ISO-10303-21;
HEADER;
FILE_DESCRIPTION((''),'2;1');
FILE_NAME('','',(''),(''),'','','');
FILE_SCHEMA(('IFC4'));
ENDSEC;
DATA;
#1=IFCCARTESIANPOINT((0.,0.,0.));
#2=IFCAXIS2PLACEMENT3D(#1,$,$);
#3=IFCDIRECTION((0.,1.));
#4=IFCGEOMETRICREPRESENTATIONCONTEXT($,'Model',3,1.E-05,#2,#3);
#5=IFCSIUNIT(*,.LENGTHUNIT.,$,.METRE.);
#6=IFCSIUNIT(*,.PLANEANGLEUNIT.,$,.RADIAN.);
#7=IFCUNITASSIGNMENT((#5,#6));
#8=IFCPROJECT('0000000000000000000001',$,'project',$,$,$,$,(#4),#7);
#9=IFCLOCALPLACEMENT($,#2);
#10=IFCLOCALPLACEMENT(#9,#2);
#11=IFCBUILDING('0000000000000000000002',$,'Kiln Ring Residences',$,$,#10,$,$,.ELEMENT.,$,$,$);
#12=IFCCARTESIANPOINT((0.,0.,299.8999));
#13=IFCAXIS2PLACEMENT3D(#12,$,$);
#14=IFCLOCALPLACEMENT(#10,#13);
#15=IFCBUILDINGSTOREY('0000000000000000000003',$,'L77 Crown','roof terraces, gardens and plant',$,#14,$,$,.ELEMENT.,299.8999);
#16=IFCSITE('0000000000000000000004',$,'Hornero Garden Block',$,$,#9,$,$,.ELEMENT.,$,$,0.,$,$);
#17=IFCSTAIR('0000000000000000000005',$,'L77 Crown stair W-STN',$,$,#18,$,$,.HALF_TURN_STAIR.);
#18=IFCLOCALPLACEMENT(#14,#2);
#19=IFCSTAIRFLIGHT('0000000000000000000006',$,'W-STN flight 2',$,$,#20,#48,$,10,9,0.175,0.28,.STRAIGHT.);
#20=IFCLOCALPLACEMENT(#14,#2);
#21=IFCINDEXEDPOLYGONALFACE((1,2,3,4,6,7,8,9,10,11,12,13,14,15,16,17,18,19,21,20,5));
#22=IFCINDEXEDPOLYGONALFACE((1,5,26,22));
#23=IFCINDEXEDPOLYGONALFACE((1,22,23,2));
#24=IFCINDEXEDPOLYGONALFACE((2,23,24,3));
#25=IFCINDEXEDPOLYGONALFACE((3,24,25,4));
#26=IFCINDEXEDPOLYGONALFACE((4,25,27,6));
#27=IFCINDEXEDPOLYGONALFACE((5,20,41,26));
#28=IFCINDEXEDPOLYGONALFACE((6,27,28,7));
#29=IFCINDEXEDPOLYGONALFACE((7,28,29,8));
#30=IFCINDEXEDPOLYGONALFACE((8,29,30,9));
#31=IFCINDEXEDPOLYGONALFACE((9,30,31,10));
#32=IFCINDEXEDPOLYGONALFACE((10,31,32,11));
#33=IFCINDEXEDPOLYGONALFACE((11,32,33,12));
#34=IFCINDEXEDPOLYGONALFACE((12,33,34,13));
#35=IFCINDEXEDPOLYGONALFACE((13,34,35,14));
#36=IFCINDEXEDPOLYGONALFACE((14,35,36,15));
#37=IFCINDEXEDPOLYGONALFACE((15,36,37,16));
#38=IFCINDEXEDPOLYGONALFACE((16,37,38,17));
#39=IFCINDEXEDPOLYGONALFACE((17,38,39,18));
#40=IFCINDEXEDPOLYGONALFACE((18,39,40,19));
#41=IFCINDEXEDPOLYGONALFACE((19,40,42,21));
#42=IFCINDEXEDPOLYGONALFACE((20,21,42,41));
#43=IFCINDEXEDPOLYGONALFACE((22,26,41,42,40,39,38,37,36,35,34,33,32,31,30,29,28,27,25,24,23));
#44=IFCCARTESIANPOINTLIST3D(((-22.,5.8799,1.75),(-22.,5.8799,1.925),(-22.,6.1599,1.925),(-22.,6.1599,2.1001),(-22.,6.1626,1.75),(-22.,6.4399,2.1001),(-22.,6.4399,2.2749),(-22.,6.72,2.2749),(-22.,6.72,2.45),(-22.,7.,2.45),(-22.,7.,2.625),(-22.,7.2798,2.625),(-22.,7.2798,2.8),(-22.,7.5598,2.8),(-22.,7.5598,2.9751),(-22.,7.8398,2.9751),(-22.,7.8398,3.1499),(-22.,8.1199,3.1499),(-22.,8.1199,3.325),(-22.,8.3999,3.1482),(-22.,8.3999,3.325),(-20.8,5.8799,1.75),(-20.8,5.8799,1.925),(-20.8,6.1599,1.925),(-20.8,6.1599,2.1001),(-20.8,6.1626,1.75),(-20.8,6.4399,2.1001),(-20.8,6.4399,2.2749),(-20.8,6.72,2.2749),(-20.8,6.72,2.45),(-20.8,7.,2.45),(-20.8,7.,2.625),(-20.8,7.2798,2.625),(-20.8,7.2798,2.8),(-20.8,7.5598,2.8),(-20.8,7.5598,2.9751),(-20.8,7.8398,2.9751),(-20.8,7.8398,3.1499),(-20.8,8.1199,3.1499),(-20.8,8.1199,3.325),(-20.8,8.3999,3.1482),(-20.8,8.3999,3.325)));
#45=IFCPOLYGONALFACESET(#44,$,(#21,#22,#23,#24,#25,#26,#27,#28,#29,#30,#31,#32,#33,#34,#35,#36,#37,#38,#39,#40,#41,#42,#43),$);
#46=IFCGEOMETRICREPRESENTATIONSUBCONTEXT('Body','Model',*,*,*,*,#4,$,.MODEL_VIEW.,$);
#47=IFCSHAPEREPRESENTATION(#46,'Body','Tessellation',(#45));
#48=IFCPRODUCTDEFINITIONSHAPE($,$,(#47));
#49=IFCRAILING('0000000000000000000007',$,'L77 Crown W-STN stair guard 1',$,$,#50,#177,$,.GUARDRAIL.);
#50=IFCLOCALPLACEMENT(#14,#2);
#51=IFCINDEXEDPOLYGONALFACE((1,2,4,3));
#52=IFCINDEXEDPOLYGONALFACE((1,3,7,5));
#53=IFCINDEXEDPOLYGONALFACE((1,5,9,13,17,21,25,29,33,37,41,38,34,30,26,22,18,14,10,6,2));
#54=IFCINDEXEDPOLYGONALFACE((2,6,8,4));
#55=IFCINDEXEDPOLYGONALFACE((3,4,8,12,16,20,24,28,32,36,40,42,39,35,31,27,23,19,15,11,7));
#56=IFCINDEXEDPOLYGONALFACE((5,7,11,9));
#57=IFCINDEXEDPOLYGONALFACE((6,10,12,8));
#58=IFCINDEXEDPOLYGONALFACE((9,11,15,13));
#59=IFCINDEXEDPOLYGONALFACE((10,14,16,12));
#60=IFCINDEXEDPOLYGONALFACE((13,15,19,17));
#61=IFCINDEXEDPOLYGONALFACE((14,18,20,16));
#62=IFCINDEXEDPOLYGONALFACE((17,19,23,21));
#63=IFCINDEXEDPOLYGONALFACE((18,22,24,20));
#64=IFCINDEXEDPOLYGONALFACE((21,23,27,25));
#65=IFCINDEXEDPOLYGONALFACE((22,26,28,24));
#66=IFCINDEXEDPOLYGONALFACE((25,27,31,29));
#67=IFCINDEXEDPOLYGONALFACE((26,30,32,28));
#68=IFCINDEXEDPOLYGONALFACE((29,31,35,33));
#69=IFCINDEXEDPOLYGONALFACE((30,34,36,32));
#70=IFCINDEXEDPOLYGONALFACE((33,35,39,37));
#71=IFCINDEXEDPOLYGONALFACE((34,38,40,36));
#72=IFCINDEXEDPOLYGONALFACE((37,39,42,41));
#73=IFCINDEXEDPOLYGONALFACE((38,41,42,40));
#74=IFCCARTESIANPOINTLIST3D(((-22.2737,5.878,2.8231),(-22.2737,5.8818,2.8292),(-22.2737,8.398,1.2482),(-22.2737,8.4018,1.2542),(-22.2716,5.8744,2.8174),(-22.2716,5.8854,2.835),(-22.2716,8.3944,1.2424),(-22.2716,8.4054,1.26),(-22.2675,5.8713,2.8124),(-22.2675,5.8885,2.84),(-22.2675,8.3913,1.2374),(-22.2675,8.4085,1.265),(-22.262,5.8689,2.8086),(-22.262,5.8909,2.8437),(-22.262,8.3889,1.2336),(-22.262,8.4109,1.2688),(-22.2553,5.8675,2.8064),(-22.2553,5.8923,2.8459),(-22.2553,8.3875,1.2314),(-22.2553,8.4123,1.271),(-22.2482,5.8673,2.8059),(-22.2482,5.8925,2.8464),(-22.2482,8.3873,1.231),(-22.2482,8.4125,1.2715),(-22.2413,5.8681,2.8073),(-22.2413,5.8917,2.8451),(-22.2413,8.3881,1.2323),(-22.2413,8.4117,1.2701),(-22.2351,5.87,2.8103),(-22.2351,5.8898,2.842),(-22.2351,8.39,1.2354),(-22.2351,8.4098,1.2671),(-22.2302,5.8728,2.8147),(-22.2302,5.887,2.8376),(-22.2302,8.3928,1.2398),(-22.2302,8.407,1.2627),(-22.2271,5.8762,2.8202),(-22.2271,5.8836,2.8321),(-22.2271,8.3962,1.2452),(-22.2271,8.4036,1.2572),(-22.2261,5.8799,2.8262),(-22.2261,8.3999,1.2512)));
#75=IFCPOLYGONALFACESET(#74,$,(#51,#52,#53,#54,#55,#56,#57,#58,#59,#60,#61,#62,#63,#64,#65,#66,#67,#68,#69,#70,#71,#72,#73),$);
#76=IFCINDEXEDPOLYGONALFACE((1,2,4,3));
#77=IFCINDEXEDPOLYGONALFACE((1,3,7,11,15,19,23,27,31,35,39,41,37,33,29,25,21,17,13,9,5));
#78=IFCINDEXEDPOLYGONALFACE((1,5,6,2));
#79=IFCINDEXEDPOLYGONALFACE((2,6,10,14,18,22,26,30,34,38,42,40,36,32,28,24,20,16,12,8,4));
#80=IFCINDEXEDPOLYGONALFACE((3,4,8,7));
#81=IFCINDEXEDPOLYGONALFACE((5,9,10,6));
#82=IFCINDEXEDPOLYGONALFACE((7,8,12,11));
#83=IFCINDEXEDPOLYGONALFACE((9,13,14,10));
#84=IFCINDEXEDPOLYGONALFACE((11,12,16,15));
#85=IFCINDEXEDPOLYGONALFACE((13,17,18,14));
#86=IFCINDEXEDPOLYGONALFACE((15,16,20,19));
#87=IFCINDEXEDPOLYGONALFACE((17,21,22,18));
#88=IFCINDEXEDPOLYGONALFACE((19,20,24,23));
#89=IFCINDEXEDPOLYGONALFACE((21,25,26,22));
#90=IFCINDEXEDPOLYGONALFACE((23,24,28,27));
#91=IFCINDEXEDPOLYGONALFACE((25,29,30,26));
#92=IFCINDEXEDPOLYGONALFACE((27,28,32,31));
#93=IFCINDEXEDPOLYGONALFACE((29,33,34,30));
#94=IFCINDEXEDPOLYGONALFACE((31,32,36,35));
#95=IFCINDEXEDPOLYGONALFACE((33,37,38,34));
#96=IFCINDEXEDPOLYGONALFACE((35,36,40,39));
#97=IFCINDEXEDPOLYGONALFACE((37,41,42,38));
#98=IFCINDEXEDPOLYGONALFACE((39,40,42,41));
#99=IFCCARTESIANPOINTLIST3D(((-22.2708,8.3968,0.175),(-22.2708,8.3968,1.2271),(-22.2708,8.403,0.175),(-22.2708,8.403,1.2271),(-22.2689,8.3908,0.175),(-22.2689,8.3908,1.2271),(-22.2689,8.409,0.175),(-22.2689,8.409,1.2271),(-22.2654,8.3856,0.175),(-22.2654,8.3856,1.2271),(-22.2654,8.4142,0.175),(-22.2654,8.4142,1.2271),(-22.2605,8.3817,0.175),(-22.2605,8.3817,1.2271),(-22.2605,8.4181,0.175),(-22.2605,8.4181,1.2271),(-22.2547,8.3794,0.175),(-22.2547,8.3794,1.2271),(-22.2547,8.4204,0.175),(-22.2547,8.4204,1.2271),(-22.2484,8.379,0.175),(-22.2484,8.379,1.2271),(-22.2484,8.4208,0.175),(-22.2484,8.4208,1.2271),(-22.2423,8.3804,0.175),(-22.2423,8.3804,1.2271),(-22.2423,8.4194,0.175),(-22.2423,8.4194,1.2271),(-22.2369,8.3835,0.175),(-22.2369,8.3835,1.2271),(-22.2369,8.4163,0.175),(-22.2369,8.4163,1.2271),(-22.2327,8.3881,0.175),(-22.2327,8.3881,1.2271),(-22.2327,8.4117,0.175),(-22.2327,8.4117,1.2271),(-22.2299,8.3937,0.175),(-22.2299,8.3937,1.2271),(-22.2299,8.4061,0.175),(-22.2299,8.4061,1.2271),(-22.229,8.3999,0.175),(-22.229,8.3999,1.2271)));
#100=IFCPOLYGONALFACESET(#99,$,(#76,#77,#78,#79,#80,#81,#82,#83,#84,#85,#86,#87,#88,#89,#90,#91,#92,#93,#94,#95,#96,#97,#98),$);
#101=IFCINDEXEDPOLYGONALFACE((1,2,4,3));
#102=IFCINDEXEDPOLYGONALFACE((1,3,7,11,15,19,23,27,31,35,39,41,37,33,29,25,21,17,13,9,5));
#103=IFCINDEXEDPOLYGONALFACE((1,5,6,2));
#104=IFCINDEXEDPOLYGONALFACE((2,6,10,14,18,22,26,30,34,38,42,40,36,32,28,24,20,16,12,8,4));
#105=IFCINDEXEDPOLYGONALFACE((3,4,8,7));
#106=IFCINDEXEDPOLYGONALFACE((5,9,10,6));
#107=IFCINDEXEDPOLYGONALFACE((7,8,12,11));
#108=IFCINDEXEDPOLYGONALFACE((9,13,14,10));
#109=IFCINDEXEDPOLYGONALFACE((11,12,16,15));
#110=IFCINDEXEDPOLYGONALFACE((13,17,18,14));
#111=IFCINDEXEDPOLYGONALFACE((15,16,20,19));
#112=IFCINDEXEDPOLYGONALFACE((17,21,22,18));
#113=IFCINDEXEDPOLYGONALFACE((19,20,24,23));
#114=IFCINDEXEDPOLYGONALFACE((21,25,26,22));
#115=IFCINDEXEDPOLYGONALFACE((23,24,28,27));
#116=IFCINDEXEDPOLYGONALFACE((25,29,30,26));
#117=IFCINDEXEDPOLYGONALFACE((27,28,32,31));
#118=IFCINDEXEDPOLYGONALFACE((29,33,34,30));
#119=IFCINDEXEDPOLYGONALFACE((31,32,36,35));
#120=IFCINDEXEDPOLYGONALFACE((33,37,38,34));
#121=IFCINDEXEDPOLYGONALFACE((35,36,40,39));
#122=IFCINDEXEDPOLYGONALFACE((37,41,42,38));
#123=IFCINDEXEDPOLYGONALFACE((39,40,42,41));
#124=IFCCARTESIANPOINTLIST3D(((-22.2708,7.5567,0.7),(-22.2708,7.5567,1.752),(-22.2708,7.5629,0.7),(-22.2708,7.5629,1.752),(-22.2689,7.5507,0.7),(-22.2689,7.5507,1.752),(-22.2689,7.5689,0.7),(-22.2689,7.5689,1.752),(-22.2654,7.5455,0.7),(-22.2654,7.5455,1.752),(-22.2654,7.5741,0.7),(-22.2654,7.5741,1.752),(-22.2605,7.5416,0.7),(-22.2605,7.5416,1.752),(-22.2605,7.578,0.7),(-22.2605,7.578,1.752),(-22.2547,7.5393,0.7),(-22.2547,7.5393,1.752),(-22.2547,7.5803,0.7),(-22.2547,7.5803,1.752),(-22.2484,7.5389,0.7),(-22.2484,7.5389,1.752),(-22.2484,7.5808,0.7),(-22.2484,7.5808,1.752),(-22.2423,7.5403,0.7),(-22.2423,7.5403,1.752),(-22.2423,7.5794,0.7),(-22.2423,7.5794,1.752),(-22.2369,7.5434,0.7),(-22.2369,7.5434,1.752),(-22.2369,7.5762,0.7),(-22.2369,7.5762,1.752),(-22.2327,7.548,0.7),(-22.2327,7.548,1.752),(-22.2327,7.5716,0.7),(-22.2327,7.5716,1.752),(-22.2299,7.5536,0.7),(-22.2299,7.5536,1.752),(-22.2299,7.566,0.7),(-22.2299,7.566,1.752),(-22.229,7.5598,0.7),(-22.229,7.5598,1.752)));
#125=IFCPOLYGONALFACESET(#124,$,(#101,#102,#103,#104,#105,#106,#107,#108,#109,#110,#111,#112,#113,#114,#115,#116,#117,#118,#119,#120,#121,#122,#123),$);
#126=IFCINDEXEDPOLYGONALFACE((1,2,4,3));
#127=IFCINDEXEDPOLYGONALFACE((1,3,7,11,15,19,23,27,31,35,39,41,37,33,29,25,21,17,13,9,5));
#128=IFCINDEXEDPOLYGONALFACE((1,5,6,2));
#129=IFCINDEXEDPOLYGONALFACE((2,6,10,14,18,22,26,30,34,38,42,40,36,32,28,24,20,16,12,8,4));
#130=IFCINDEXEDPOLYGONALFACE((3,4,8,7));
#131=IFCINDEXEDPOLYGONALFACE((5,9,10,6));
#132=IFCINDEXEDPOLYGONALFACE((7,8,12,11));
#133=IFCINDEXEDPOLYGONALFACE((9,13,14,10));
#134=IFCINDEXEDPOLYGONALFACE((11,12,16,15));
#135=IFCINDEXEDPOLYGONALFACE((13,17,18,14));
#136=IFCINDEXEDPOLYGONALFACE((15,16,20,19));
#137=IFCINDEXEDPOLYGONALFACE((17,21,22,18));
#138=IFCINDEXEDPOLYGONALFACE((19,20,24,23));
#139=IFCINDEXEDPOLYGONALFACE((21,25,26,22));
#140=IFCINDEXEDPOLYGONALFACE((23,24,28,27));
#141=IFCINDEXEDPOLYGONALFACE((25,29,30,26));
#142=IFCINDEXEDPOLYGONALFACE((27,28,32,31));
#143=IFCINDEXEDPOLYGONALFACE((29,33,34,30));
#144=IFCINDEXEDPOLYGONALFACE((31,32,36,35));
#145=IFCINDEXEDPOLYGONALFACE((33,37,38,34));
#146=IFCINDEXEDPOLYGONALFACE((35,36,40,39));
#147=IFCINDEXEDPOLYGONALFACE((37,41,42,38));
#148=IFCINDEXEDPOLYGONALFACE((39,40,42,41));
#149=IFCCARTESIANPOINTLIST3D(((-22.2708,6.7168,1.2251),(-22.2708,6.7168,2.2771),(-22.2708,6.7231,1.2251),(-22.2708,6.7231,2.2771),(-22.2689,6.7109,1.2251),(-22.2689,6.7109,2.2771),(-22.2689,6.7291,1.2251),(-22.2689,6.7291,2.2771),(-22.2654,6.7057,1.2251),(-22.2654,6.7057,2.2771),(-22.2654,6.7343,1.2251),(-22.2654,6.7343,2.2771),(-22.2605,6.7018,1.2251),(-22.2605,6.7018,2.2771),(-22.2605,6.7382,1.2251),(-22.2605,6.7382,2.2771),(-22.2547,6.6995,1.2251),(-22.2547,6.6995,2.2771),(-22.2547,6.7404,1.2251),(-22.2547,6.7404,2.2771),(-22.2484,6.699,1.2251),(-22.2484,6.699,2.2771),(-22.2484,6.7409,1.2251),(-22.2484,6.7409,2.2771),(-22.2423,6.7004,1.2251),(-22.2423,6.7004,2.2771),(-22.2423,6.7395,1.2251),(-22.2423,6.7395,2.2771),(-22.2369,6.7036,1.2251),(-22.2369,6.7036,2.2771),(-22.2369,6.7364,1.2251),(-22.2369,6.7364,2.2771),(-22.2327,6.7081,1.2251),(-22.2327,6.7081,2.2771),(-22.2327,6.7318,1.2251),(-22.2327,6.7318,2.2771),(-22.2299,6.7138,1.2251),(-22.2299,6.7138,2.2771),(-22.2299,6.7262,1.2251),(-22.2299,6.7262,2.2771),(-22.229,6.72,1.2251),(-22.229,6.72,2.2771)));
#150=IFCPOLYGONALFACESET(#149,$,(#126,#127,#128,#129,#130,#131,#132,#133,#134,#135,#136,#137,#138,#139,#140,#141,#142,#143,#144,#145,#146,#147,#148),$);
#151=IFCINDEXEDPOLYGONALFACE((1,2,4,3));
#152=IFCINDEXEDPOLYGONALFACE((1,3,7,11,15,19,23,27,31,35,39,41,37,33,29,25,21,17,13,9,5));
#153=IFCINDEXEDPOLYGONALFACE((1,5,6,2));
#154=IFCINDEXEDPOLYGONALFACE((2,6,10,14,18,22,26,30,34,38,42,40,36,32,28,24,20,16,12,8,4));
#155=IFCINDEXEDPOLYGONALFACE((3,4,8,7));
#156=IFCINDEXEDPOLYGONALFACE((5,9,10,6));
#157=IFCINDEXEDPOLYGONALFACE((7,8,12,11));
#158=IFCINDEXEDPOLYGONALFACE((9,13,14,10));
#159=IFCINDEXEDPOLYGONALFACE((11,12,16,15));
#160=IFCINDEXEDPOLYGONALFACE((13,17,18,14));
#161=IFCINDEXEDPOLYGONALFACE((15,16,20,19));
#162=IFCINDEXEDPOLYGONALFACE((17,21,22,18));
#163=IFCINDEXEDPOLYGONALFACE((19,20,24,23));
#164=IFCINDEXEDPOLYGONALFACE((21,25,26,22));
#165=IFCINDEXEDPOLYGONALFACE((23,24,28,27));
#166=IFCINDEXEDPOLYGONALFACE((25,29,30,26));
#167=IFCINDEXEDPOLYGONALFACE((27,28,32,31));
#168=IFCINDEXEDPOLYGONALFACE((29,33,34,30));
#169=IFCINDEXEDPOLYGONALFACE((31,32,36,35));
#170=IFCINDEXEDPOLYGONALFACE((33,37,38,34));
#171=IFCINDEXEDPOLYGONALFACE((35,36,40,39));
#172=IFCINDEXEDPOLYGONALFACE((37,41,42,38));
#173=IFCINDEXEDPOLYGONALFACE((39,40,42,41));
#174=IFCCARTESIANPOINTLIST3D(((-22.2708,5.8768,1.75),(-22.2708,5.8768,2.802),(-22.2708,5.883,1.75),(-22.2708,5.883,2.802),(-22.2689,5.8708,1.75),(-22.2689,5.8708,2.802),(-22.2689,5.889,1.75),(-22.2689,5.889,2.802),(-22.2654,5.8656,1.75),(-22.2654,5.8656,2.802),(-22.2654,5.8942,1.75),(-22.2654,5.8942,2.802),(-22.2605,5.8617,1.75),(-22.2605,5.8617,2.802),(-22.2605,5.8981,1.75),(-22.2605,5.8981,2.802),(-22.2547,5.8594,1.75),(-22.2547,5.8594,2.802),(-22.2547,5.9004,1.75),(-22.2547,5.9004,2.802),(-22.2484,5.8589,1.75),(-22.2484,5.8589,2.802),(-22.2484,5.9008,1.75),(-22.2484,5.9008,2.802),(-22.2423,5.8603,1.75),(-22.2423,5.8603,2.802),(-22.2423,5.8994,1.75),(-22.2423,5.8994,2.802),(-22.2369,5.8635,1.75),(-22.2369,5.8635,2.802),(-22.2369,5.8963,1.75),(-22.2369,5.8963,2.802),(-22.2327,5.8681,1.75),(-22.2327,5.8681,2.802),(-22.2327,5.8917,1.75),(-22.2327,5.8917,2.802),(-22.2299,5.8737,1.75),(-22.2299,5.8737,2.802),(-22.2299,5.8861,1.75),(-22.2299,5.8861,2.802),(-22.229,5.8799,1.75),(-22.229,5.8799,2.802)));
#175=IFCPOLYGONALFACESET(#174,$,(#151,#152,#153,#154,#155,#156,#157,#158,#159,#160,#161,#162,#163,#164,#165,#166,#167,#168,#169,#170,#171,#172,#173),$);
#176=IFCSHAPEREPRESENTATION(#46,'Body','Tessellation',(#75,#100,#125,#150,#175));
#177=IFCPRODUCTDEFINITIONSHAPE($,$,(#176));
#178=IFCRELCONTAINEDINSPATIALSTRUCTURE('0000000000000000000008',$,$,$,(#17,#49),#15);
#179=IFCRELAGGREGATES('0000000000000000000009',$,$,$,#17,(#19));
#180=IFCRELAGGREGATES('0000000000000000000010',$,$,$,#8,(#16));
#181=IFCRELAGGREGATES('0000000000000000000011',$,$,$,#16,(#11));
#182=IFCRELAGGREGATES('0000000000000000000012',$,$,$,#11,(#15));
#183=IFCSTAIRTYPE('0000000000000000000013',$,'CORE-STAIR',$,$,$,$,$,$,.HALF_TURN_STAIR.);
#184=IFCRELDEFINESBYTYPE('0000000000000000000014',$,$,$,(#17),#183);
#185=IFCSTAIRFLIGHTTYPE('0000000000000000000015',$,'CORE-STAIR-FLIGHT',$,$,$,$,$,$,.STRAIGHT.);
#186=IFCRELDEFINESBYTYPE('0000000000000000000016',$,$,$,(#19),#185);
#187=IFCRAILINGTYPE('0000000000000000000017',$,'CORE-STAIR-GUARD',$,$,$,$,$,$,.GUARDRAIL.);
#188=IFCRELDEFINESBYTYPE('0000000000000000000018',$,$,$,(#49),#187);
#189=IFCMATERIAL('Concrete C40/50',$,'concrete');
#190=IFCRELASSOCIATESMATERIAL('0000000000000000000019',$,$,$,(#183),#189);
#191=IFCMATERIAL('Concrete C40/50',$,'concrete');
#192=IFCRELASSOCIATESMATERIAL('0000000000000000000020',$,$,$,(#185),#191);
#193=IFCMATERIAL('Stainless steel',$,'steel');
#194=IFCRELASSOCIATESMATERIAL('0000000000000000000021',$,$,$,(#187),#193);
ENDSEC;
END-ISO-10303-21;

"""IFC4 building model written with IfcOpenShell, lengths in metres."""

from ifc_helpers import new_model, si_unit, direction, frame, origin, origin_2d, place, context, subcontext, project, spatial, polyline, circle, outline, extrude, material, type_object, element, aggregate, save


model = new_model("IFC4")

# Units and contexts
model_context = context("Model", 3, precision=1e-05, world=origin(), true_north=direction((0.0, 1.0)))
body_context = subcontext(model_context, "Body", "Model", "MODEL_VIEW")
ifc_project = project(units=[si_unit("LENGTHUNIT", "METRE"), si_unit("PLANEANGLEUNIT", "RADIAN")], contexts=[model_context])

# Site, building, storey
site_placement = place(None, origin())
site = spatial("IfcSite", under=ifc_project, at=site_placement, Name="Hornero Garden Block", CompositionType="ELEMENT", RefElevation=0.0)
building_placement = place(site_placement, origin())
building = spatial("IfcBuilding", under=site, at=building_placement, Name="Kiln Ring Residences", CompositionType="ELEMENT")
storey_placement = place(building_placement, frame((0.0, 0.0, 299.8999)))
storey = spatial("IfcBuildingStorey", under=building, at=storey_placement, Name="L77 Crown", Description="roof terraces, gardens and plant", CompositionType="ELEMENT", Elevation=299.8999)

# Stair, stair flight
ifc_material_1 = material(Name="Concrete C40/50", Category="concrete")
stair_type = type_object("IfcStairType", Name="CORE-STAIR", PredefinedType="HALF_TURN_STAIR", material=ifc_material_1)
stair_placement = place(storey_placement, origin())
stair = element("IfcStair", 1, at=stair_placement, inside=storey, type_object=stair_type, Name="L77 Crown stair W-STN", PredefinedType="HALF_TURN_STAIR")
ifc_material_2 = material(Name="Concrete C40/50", Category="concrete")
stair_flight_type = type_object("IfcStairFlightType", Name="CORE-STAIR-FLIGHT", PredefinedType="STRAIGHT", material=ifc_material_2)
stair_flight_1_placement = place(storey_placement, frame((-21.3999, 5.8799, 1.75), z_axis=(0.0, 0.0, 1.0), x_axis=(0.0, 1.0, 0.0)))
stair_flight_1 = element("IfcStairFlight", 2, at=stair_flight_1_placement, type_object=stair_flight_type, Name="W-STN flight 2", NumberOfRisers=10, NumberOfTreads=9, PredefinedType="STRAIGHT", RiserHeight=0.175, TreadLength=0.28, context=body_context, shape_type="SweptSolid", body=[
    extrude(outline(polyline([(0.0, 0.0), (0.0, 0.175), (0.28, 0.175), (0.28, 0.3501), (0.5601, 0.3501), (0.5601, 0.5249), (0.8401, 0.5249), (0.8401, 0.7), (1.1201, 0.7), (1.1201, 0.875), (1.3999, 0.875), (1.3999, 1.05), (1.6799, 1.05), (1.6799, 1.2251), (1.96, 1.2251), (1.96, 1.3999), (2.24, 1.3999), (2.24, 1.575), (2.52, 1.575), (2.52, 1.75), (2.52, 1.3982), (0.2827, 0.0), (0.0, 0.0)])), frame((0.0, 0.6001, 0.0), z_axis=(0.0, -1.0, 0.0), x_axis=(1.0, 0.0, 0.0)), (0.0, 0.0, 1.0), 1.2),
])
aggregate(stair, [stair_flight_1])

# Railing
ifc_material_3 = material(Name="Stainless steel", Category="steel")
railing_type_1 = type_object("IfcRailingType", Name="CORE-STAIR-GUARD", PredefinedType="GUARDRAIL", material=ifc_material_3)
railing_1_placement = place(storey_placement, frame((-22.25, 8.3999, 0.175)))
element("IfcRailing", 3, at=railing_1_placement, inside=storey, type_object=railing_type_1, Name="L77 Crown W-STN stair guard 1", PredefinedType="GUARDRAIL", context=body_context, shape_type="SweptSolid", body=[
    extrude(circle(Radius=0.0239, at=origin_2d()), frame((0.0, 0.0, 1.0762), z_axis=(0.0, -0.848008, 0.529984), x_axis=(1.0, 0.0, 0.0)), (0.0, 0.0, 1.0), 2.9717),
    extrude(circle(Radius=0.021, at=origin_2d()), origin(), (0.0, 0.0, 1.0), 1.052),
    extrude(circle(Radius=0.021, at=origin_2d()), frame((0.0, -0.8401, 0.5249)), (0.0, 0.0, 1.0), 1.052),
    extrude(circle(Radius=0.021, at=origin_2d()), frame((0.0, -1.6799, 1.05)), (0.0, 0.0, 1.0), 1.052),
    extrude(circle(Radius=0.021, at=origin_2d()), frame((0.0, -2.52, 1.575)), (0.0, 0.0, 1.0), 1.052),
])

save(model, "model.ifc")
